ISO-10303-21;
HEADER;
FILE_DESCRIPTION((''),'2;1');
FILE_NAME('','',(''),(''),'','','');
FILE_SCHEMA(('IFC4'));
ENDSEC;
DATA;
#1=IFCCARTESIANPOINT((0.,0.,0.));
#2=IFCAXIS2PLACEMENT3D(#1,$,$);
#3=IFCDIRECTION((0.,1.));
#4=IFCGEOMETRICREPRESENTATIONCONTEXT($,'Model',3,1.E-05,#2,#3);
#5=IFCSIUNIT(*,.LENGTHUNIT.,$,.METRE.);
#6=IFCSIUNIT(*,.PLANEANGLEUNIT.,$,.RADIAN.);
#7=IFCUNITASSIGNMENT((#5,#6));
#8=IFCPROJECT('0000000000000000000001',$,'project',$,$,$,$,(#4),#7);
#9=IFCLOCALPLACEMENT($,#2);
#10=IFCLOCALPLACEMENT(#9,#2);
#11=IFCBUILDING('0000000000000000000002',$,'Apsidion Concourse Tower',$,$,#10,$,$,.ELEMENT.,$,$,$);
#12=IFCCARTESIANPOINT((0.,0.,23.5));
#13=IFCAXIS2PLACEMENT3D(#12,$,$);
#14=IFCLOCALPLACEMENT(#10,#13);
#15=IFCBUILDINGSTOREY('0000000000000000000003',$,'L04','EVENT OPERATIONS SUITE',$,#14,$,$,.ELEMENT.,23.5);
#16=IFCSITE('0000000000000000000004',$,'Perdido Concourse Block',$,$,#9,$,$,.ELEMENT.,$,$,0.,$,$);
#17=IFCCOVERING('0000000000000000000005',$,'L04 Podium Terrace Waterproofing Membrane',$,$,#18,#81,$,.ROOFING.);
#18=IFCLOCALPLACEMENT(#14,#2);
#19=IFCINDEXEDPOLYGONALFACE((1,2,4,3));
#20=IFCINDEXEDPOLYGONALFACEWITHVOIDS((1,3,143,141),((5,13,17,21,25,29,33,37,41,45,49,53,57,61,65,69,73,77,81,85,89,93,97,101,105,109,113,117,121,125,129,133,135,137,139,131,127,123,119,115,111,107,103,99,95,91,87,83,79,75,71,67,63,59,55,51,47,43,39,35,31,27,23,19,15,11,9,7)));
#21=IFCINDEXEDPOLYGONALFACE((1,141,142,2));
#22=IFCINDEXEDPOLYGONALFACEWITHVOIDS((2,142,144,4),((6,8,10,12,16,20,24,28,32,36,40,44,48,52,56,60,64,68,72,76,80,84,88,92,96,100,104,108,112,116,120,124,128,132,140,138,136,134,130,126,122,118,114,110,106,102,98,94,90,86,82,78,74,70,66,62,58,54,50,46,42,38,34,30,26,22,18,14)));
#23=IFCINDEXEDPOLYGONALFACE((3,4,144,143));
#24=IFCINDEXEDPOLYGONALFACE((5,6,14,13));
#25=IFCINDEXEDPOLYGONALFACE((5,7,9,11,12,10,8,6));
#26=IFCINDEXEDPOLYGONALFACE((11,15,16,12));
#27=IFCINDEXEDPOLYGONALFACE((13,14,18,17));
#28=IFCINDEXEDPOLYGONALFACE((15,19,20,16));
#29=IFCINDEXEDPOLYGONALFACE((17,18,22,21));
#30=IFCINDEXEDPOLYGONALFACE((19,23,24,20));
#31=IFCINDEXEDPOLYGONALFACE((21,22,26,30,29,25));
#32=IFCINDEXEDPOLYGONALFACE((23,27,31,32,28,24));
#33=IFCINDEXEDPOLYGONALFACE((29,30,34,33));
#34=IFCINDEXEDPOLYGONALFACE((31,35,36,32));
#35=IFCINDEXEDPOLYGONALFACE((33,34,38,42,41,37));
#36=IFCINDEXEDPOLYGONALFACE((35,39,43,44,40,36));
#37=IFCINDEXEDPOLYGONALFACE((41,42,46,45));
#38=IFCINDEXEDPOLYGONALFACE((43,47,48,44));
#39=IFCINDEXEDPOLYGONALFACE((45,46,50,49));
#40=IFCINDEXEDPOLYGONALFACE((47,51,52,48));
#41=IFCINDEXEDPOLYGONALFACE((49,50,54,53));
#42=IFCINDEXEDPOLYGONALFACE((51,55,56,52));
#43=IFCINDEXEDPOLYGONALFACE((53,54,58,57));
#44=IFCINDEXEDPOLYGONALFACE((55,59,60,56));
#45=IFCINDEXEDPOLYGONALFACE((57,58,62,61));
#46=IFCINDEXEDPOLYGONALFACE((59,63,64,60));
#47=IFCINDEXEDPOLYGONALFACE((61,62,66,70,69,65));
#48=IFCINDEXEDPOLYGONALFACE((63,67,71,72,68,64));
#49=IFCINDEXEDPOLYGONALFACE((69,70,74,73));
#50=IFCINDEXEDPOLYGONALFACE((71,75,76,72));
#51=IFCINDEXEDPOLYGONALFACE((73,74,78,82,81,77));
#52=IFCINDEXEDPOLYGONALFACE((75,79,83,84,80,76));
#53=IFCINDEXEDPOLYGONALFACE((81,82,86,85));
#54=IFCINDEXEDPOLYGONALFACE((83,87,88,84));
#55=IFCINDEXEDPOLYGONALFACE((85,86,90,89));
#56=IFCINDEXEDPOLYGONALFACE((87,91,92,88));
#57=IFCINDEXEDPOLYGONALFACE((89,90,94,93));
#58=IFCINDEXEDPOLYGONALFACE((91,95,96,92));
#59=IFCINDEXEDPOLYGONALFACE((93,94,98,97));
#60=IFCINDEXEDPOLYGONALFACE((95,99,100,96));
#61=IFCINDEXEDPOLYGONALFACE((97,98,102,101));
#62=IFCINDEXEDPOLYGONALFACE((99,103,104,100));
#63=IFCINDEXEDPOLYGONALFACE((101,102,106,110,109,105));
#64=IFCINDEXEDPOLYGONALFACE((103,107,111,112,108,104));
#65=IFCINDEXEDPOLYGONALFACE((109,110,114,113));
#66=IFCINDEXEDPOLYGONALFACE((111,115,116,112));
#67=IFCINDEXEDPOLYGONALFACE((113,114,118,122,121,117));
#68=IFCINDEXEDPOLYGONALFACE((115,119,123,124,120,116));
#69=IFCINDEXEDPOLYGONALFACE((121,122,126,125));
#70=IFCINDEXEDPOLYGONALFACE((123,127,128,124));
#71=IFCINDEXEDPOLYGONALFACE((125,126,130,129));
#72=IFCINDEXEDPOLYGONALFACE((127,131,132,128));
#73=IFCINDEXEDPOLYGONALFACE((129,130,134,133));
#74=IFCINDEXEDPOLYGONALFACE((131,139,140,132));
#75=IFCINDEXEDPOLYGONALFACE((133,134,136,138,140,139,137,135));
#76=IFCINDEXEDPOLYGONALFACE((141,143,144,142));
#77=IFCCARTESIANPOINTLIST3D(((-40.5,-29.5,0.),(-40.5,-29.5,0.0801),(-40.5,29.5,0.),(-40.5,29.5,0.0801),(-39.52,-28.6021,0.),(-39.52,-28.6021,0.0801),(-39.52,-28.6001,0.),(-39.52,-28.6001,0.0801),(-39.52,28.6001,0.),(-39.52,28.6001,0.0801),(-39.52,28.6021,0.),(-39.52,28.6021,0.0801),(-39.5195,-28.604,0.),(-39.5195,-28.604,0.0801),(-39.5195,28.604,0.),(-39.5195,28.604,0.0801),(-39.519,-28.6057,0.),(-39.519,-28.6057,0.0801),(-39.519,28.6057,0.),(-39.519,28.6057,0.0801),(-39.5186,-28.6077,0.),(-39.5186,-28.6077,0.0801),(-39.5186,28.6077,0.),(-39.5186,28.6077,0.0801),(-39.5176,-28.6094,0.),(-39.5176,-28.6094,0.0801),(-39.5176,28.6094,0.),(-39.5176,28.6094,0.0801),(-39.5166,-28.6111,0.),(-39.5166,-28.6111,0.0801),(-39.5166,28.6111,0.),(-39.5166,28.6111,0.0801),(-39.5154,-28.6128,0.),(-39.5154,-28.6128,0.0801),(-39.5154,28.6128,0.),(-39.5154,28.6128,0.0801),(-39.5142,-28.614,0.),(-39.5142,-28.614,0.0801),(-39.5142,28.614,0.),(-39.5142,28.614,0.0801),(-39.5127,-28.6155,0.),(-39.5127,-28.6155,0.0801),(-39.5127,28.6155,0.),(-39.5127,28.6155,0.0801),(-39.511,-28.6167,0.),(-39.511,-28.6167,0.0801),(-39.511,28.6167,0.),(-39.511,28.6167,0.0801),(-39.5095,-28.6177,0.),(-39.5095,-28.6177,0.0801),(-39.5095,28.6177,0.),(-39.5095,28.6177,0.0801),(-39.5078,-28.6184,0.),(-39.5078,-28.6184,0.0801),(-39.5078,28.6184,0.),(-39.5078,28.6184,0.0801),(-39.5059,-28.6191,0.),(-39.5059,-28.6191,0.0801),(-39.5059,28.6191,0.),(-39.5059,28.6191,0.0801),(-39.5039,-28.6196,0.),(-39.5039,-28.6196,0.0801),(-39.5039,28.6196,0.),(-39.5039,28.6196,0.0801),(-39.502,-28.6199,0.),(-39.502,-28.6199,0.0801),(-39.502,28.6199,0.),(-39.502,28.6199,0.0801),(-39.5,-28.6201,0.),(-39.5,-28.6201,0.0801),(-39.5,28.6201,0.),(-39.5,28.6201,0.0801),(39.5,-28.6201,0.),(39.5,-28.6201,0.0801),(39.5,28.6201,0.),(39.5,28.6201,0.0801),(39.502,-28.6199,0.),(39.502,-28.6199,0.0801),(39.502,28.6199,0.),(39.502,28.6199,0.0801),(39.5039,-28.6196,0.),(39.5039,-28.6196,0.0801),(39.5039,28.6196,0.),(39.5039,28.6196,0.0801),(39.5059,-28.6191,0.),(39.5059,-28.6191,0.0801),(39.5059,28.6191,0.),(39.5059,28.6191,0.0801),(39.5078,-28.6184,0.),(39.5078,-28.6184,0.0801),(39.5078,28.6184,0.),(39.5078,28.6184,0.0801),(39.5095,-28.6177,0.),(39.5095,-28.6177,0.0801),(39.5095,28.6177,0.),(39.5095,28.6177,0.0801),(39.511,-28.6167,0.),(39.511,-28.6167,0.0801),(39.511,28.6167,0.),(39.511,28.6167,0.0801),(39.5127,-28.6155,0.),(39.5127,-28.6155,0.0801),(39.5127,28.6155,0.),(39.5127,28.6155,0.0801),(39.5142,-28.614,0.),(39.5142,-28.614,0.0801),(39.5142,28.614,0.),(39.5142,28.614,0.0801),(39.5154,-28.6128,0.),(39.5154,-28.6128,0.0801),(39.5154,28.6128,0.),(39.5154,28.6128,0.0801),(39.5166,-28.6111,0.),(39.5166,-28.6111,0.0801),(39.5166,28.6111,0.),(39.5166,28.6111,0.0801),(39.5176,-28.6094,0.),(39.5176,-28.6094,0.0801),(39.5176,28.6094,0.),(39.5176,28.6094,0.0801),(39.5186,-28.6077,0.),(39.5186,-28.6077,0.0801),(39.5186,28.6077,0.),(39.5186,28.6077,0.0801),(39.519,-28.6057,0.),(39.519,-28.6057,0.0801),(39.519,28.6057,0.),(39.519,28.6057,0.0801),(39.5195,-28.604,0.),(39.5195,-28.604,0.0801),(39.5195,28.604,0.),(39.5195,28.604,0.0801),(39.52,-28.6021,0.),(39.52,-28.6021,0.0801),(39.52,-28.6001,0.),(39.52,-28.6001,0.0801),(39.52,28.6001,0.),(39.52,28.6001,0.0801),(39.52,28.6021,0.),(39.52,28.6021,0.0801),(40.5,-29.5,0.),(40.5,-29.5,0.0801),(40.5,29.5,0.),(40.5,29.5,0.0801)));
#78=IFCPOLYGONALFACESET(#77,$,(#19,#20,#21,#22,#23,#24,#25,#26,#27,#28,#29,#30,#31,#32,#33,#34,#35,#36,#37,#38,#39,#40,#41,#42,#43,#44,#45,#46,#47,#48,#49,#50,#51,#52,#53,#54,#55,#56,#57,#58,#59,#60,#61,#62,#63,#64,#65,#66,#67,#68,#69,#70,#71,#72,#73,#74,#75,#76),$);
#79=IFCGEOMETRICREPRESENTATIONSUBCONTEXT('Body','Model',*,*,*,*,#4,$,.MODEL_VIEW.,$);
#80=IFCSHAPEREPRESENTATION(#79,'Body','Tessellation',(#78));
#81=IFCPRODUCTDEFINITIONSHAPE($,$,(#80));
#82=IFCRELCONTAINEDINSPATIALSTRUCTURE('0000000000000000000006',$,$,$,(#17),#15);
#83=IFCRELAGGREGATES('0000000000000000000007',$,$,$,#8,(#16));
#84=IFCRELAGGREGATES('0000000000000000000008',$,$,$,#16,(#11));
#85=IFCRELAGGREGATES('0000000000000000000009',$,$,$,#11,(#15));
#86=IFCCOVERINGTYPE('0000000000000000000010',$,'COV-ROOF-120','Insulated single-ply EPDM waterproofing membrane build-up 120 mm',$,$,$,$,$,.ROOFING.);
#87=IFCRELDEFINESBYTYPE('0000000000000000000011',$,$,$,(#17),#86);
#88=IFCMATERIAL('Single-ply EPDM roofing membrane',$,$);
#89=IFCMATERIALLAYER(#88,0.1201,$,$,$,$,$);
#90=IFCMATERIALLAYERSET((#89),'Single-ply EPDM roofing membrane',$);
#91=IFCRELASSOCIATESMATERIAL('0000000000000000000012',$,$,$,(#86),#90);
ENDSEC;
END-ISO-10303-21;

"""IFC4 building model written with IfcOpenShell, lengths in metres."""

from ifc_helpers import new_model, si_unit, direction, frame, origin, place, context, subcontext, project, spatial, polyline, outline, extrude, material, layer, layer_set, type_object, element, save


model = new_model("IFC4")

# Units and contexts
model_context = context("Model", 3, precision=1e-05, world=origin(), true_north=direction((0.0, 1.0)))
body_context = subcontext(model_context, "Body", "Model", "MODEL_VIEW")
ifc_project = project(units=[si_unit("LENGTHUNIT", "METRE"), si_unit("PLANEANGLEUNIT", "RADIAN")], contexts=[model_context])

# Site, building, storey
site_placement = place(None, origin())
site = spatial("IfcSite", under=ifc_project, at=site_placement, Name="Perdido Concourse Block", CompositionType="ELEMENT", RefElevation=0.0)
building_placement = place(site_placement, origin())
building = spatial("IfcBuilding", under=site, at=building_placement, Name="Apsidion Concourse Tower", CompositionType="ELEMENT")
storey_placement = place(building_placement, frame((0.0, 0.0, 23.5)))
storey = spatial("IfcBuildingStorey", under=building, at=storey_placement, Name="L04", Description="EVENT OPERATIONS SUITE", CompositionType="ELEMENT", Elevation=23.5)

# Covering
ifc_material_1 = material(Name="Single-ply EPDM roofing membrane")
ifc_layer_1 = layer(ifc_material_1, 0.1201)
ifc_layer_set_1 = layer_set([ifc_layer_1], Name="Single-ply EPDM roofing membrane")
covering_type = type_object("IfcCoveringType", Name="COV-ROOF-120", Description="Insulated single-ply EPDM waterproofing membrane build-up 120 mm", PredefinedType="ROOFING", material=ifc_layer_set_1)
covering_placement = place(storey_placement, origin())
element("IfcCovering", 1, at=covering_placement, inside=storey, type_object=covering_type, Name="L04 Podium Terrace Waterproofing Membrane", PredefinedType="ROOFING", context=body_context, shape_type="SweptSolid", body=[
    extrude(outline(polyline([(-40.5, 29.5), (40.5, 29.5), (40.5, -29.5), (-40.5, -29.5), (-40.5, 29.5)]), holes=[polyline([(-39.52, -28.6021), (-39.5195, -28.604), (-39.519, -28.6057), (-39.5186, -28.6077), (-39.5176, -28.6094), (-39.5166, -28.6111), (-39.5154, -28.6128), (-39.5142, -28.614), (-39.5127, -28.6155), (-39.511, -28.6167), (-39.5095, -28.6177), (-39.5078, -28.6184), (-39.5059, -28.6191), (-39.5039, -28.6196), (-39.502, -28.6199), (-39.5, -28.6201), (39.5, -28.6201), (39.502, -28.6199), (39.5039, -28.6196), (39.5059, -28.6191), (39.5078, -28.6184), (39.5095, -28.6177), (39.511, -28.6167), (39.5127, -28.6155), (39.5142, -28.614), (39.5154, -28.6128), (39.5166, -28.6111), (39.5176, -28.6094), (39.5186, -28.6077), (39.519, -28.6057), (39.5195, -28.604), (39.52, -28.6021), (39.52, -28.6001), (39.52, 28.6001), (39.52, 28.6021), (39.5195, 28.604), (39.519, 28.6057), (39.5186, 28.6077), (39.5176, 28.6094), (39.5166, 28.6111), (39.5154, 28.6128), (39.5142, 28.614), (39.5127, 28.6155), (39.511, 28.6167), (39.5095, 28.6177), (39.5078, 28.6184), (39.5059, 28.6191), (39.5039, 28.6196), (39.502, 28.6199), (39.5, 28.6201), (-39.5, 28.6201), (-39.502, 28.6199), (-39.5039, 28.6196), (-39.5059, 28.6191), (-39.5078, 28.6184), (-39.5095, 28.6177), (-39.511, 28.6167), (-39.5127, 28.6155), (-39.5142, 28.614), (-39.5154, 28.6128), (-39.5166, 28.6111), (-39.5176, 28.6094), (-39.5186, 28.6077), (-39.519, 28.6057), (-39.5195, 28.604), (-39.52, 28.6021), (-39.52, 28.6001), (-39.52, -28.6001), (-39.52, -28.6021)])]), origin(), (0.0, 0.0, 1.0), 0.0801),
])

save(model, "model.ifc")
